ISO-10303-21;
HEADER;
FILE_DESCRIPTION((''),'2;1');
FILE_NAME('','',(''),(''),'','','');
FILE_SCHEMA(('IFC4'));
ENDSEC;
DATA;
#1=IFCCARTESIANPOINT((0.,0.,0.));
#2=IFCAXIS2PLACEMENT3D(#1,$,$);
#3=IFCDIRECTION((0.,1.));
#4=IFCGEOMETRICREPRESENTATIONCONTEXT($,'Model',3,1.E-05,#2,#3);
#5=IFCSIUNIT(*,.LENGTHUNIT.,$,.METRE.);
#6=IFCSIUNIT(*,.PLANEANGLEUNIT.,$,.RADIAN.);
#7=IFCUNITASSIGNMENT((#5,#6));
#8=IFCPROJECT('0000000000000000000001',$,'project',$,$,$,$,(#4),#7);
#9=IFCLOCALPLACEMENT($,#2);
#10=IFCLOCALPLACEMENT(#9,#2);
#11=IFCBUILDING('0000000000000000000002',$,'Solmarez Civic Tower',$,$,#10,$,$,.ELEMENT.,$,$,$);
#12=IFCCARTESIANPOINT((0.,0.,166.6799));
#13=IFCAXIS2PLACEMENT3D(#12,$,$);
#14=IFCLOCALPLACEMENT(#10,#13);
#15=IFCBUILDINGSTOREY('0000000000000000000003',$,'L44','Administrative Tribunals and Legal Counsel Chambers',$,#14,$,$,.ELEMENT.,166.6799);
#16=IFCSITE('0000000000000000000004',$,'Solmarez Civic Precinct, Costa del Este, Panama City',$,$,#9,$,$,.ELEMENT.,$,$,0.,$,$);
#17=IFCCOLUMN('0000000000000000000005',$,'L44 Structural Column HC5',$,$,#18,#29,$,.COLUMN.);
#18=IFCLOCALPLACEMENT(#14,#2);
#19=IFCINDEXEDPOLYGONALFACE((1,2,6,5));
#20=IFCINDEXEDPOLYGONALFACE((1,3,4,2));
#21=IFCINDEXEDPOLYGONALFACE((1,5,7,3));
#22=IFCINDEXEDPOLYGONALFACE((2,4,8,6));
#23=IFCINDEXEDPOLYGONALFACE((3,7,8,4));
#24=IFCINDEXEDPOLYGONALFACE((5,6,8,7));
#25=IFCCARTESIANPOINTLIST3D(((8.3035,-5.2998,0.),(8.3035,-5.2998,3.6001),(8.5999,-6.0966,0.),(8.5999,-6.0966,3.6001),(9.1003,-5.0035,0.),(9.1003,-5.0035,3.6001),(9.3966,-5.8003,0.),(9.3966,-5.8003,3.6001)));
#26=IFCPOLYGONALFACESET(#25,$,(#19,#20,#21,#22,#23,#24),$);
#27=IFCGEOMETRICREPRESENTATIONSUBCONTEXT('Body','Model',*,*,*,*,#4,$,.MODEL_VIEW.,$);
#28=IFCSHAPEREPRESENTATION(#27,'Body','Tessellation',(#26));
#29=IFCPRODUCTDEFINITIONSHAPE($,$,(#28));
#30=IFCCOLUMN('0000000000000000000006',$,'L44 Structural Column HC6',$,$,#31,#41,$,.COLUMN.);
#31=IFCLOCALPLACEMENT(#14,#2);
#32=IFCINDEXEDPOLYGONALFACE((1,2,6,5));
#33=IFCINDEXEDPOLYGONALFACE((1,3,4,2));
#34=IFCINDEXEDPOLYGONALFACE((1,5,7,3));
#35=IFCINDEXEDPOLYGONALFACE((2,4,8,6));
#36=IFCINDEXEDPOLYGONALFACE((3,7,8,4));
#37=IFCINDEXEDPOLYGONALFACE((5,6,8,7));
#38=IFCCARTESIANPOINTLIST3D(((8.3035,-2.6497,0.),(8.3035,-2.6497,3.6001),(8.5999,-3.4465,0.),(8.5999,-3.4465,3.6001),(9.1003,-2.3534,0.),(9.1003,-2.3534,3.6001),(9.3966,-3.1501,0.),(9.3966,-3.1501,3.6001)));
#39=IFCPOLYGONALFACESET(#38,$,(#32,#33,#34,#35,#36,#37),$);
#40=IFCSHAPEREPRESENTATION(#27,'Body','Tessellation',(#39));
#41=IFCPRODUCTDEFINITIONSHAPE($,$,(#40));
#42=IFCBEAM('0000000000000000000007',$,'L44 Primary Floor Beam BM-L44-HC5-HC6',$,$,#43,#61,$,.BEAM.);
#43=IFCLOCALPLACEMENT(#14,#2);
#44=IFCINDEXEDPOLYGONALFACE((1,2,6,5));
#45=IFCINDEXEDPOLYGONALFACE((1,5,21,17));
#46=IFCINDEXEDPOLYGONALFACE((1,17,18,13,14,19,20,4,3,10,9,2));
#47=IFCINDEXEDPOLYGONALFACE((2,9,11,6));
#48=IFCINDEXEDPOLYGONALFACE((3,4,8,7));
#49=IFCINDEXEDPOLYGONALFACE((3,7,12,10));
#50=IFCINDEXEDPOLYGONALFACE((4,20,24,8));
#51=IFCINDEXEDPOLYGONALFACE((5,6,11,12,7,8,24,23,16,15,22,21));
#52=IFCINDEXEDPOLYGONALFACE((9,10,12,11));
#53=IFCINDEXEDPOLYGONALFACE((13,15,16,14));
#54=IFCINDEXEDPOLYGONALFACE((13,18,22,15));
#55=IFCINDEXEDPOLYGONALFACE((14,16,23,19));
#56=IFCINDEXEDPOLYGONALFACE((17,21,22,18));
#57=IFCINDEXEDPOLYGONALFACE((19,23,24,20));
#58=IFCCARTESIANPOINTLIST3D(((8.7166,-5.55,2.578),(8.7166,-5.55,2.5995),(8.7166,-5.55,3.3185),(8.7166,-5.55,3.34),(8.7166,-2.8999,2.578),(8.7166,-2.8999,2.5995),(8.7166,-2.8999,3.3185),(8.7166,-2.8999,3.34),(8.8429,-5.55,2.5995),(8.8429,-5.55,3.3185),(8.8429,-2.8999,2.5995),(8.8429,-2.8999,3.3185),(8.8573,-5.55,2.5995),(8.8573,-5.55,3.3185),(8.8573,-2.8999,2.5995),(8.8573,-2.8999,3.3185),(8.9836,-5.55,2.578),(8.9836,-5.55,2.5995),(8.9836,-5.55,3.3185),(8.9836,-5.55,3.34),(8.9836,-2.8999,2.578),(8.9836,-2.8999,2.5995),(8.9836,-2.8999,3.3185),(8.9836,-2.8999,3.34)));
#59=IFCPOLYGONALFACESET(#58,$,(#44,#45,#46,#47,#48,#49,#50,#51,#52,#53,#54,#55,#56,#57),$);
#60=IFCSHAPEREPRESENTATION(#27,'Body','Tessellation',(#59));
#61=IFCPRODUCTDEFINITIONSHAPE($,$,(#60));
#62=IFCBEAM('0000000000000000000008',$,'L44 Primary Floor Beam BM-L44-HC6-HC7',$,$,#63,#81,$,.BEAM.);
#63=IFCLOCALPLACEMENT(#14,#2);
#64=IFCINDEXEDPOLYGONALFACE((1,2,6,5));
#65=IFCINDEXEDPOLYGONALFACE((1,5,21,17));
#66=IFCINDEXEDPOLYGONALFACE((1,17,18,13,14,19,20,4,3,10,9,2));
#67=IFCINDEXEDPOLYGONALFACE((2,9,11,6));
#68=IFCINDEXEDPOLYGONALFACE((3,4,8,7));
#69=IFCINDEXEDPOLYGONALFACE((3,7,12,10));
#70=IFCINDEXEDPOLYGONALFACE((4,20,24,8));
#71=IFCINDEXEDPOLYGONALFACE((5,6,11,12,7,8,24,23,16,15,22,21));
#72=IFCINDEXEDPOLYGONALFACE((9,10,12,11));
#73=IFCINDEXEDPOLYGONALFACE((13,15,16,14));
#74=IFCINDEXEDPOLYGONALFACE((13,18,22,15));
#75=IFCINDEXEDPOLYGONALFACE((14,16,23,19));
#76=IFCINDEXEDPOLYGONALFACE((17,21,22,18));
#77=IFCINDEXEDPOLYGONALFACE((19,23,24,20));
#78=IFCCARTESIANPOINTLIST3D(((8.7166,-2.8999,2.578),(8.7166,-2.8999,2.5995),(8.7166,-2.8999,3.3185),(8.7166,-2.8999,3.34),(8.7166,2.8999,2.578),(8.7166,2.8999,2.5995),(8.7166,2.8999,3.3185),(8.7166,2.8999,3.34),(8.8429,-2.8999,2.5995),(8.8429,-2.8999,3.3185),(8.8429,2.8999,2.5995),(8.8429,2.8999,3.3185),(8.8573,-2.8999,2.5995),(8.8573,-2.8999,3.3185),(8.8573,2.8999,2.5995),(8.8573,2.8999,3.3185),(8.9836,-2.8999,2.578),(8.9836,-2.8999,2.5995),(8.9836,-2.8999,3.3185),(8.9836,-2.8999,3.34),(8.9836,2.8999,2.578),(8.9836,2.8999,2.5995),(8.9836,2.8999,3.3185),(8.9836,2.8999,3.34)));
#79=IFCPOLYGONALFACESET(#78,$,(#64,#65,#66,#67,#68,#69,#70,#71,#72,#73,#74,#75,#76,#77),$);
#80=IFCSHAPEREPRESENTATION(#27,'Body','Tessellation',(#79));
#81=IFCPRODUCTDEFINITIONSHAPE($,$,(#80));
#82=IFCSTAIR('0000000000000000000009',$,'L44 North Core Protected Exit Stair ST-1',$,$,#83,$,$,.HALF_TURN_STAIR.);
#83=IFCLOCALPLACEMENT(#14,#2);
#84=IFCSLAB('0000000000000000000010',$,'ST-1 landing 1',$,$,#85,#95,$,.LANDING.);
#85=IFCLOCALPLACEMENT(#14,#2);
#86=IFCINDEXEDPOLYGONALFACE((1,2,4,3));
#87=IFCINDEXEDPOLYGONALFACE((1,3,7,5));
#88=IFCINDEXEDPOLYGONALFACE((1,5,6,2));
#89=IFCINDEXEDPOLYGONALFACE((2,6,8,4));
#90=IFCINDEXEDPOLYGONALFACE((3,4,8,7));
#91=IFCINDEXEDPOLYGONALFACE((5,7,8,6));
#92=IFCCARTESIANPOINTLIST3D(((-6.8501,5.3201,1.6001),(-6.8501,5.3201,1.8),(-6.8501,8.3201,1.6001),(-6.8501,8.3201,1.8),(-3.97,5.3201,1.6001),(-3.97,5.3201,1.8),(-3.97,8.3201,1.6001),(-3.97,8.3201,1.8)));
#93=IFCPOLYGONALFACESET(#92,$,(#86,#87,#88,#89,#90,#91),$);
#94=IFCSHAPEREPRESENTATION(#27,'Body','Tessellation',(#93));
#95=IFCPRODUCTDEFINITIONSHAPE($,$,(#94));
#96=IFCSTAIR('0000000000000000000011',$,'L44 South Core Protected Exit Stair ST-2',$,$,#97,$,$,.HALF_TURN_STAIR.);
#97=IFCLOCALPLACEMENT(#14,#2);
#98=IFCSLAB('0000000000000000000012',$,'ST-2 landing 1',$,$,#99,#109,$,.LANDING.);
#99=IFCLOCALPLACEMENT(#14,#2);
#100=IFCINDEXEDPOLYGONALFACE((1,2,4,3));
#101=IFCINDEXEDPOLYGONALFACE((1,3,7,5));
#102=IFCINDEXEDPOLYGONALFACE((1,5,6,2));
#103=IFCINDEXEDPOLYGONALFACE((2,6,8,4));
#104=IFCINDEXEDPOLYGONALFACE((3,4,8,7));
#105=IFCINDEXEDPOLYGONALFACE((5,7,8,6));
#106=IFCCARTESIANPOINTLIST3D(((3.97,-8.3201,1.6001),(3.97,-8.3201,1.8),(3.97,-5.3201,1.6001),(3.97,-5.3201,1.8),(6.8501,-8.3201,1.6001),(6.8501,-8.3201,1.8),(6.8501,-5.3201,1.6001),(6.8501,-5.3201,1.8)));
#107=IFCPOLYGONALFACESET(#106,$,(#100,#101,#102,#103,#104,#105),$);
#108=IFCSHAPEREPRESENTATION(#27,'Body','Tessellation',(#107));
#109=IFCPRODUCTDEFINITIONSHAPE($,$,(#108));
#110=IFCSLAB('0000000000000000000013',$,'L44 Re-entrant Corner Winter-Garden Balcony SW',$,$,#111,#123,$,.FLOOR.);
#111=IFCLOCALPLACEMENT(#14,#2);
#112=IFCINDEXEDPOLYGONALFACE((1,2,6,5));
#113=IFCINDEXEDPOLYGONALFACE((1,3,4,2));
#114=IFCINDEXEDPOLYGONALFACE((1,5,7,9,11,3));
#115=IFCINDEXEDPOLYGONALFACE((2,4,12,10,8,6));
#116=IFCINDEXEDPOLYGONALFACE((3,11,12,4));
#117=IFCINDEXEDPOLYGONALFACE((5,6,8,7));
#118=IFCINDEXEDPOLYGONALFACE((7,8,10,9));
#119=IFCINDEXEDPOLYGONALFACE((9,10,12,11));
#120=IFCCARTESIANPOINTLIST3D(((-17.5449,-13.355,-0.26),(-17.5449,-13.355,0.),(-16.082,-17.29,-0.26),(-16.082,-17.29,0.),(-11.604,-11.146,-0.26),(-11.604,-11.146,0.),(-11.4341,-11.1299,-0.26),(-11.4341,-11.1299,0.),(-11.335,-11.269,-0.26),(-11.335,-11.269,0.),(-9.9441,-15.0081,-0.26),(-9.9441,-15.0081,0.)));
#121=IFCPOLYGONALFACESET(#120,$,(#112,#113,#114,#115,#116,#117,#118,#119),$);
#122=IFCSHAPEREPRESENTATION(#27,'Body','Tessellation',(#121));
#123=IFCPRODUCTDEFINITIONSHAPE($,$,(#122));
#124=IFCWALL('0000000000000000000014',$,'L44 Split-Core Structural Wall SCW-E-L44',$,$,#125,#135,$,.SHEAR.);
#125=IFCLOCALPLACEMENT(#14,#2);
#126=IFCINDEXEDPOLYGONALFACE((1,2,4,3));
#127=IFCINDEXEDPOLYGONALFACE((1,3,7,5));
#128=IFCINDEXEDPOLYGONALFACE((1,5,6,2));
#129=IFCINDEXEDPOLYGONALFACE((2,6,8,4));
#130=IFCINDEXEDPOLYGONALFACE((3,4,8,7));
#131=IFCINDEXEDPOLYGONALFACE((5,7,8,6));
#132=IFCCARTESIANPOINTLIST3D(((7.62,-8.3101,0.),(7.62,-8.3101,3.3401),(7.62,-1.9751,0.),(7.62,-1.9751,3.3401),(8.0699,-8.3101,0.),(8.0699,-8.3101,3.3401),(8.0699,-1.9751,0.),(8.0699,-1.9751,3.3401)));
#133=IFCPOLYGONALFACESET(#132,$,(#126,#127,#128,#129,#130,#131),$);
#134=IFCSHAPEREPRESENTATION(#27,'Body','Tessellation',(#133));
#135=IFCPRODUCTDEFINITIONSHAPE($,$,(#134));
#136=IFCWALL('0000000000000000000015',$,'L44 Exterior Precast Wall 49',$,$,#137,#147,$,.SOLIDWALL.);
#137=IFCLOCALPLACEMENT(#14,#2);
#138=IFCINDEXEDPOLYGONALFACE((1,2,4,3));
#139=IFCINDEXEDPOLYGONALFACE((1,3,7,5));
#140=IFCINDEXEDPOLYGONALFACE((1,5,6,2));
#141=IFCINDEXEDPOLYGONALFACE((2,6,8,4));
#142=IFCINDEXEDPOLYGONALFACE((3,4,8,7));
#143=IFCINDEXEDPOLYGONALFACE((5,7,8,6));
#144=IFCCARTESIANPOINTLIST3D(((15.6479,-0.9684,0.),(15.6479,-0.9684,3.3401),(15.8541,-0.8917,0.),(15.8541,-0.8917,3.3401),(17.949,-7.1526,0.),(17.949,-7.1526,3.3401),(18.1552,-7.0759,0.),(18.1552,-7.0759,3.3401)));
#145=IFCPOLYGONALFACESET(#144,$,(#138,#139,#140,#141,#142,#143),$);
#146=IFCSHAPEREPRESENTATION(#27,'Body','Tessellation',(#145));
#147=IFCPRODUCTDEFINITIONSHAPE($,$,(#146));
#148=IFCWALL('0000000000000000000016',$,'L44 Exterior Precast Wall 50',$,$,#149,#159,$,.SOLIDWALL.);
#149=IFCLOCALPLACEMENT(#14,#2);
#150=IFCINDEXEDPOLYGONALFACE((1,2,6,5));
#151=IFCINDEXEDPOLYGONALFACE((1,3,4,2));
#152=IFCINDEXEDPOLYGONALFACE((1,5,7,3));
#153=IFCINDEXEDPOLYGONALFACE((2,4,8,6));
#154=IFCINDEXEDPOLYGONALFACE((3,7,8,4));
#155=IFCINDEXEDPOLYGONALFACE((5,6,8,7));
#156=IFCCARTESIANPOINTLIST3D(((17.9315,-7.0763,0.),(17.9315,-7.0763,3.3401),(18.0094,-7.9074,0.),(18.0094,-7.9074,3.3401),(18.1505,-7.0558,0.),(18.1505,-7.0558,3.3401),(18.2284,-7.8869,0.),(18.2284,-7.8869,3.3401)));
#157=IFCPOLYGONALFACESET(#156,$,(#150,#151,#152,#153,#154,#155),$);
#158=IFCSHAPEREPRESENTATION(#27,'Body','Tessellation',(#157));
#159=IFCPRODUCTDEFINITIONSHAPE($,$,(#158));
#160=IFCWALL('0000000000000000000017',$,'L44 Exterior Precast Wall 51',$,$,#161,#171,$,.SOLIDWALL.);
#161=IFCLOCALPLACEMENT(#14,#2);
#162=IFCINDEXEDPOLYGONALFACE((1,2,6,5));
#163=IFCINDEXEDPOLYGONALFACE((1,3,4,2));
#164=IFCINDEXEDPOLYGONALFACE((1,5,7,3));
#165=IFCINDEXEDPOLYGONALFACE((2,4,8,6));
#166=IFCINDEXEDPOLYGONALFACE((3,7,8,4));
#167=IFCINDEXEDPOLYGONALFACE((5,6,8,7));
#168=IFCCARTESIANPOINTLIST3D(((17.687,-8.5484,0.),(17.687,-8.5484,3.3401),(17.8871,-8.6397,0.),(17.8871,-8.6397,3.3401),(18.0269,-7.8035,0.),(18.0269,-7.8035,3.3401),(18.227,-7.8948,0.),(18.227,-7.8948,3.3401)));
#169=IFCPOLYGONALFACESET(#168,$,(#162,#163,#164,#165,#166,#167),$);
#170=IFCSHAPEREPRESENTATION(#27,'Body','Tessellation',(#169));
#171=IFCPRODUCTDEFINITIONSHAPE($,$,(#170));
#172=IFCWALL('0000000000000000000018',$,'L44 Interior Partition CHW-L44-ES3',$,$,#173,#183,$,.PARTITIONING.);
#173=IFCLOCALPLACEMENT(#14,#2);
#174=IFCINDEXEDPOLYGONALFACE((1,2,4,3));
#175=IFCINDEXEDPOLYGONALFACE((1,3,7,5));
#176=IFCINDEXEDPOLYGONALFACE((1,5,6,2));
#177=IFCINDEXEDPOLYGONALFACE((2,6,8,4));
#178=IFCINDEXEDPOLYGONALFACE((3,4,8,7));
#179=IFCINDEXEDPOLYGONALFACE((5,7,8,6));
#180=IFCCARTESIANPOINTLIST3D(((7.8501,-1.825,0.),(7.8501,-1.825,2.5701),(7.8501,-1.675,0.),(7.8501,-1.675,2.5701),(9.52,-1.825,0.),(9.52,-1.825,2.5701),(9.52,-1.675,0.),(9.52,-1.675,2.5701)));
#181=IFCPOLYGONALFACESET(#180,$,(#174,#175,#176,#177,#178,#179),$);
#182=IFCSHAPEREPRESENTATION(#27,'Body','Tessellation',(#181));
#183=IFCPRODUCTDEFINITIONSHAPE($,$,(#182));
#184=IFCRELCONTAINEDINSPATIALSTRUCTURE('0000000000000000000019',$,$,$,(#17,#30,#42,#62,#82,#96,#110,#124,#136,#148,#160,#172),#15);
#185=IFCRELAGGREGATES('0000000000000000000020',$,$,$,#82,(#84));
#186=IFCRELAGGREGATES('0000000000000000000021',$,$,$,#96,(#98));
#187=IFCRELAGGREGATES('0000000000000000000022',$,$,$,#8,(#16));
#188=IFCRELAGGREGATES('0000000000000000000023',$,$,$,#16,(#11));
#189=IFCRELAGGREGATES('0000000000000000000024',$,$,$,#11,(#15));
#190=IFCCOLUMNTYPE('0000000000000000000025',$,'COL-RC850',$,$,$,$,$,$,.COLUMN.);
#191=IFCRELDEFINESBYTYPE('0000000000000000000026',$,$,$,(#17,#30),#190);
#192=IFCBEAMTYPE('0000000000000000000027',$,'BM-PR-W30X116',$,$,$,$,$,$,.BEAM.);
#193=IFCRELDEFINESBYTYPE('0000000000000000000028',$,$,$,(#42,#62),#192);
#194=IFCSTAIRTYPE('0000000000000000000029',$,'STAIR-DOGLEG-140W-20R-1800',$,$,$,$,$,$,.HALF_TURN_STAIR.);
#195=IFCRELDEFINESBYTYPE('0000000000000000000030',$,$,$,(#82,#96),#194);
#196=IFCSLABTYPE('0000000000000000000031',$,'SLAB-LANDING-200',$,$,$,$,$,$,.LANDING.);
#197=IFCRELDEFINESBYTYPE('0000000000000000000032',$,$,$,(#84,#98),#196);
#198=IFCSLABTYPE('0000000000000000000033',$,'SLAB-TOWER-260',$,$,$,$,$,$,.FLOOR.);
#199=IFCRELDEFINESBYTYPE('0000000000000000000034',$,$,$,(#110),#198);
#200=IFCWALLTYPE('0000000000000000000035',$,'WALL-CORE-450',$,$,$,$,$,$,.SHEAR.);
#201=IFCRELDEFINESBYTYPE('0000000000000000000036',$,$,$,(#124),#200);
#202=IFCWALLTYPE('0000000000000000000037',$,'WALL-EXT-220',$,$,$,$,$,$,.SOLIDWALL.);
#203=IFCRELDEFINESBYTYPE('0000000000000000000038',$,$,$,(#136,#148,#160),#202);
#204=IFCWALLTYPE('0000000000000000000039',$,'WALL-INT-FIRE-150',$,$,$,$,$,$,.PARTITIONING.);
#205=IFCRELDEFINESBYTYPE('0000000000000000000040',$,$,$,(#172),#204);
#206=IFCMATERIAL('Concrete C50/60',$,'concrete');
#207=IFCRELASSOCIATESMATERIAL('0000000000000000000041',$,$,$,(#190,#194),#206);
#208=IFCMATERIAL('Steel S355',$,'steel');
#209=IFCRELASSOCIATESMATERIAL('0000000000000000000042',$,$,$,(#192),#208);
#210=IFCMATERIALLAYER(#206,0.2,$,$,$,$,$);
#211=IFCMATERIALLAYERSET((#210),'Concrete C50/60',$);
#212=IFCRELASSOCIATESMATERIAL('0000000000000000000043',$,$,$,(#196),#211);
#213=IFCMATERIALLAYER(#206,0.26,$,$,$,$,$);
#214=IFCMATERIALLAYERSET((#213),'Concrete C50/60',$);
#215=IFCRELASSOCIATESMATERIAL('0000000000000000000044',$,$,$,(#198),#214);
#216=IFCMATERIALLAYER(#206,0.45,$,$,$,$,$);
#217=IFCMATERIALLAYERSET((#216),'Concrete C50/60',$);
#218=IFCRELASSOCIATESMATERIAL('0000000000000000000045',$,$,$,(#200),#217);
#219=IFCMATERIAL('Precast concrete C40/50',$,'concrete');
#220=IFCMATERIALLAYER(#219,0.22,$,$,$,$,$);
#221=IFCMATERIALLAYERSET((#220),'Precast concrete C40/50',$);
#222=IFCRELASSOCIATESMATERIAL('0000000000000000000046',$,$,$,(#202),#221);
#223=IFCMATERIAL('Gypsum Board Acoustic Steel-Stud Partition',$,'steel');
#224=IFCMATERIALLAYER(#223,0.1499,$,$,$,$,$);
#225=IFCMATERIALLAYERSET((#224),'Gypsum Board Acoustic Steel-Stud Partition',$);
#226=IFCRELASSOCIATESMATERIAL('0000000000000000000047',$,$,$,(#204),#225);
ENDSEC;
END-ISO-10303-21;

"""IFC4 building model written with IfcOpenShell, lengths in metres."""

from ifc_helpers import new_model, si_unit, direction, frame, frame_2d, origin, origin_2d, place, context, subcontext, project, spatial, polyline, rectangle, i_section, outline, extrude, material, layer, layer_set, material_profile, profile_set, type_object, element, aggregate, save


model = new_model("IFC4")

# Units and contexts
model_context = context("Model", 3, precision=1e-05, world=origin(), true_north=direction((0.0, 1.0)))
body_context = subcontext(model_context, "Body", "Model", "MODEL_VIEW")
ifc_project = project(units=[si_unit("LENGTHUNIT", "METRE"), si_unit("PLANEANGLEUNIT", "RADIAN")], contexts=[model_context])

# Site, building, storey
site_placement = place(None, origin())
site = spatial("IfcSite", under=ifc_project, at=site_placement, Name="Solmarez Civic Precinct, Costa del Este, Panama City", CompositionType="ELEMENT", RefElevation=0.0)
building_placement = place(site_placement, origin())
building = spatial("IfcBuilding", under=site, at=building_placement, Name="Solmarez Civic Tower", CompositionType="ELEMENT")
storey_placement = place(building_placement, frame((0.0, 0.0, 166.6799)))
storey = spatial("IfcBuildingStorey", under=building, at=storey_placement, Name="L44", Description="Administrative Tribunals and Legal Counsel Chambers", CompositionType="ELEMENT", Elevation=166.6799)

# Columns
ifc_material_1 = material(Name="Concrete C50/60", Category="concrete")
ifc_material_profile_1 = material_profile(ifc_material_1, rectangle(XDim=0.8501, YDim=0.8501, at=origin_2d()), Name="RC850X850")
ifc_profile_set_1 = profile_set([ifc_material_profile_1], Name="Concrete C50/60")
column_type = type_object("IfcColumnType", Name="COL-RC850", PredefinedType="COLUMN", material=ifc_profile_set_1)
for number, where, z_axis, x_axis, name in (
    (1, (8.8501, -5.55, 0.0), (0.0, 0.0, 1.0), (0.937282, 0.348572, 0.0), "L44 Structural Column HC5"),
    (2, (8.8501, -2.8999, 0.0), (0.0, 0.0, 1.0), (0.937282, 0.348572, 0.0), "L44 Structural Column HC6"),
):
    element("IfcColumn", number, at=place(storey_placement, frame(where, z_axis=z_axis, x_axis=x_axis)), inside=storey, type_object=column_type, Name=name, PredefinedType="COLUMN", context=body_context, shape_type="SweptSolid", body=[
        extrude(rectangle(XDim=0.8501, YDim=0.8501, at=origin_2d()), origin(), (0.0, 0.0, 1.0), 3.6001),
    ])

# Beams
ifc_material_2 = material(Name="Steel S355", Category="steel")
ifc_material_profile_2 = material_profile(ifc_material_2, i_section(OverallWidth=0.2671, OverallDepth=0.762, WebThickness=0.0144, FlangeThickness=0.0215, at=origin_2d()), Name="W30X116")
ifc_profile_set_2 = profile_set([ifc_material_profile_2], Name="Steel S355")
beam_type = type_object("IfcBeamType", Name="BM-PR-W30X116", PredefinedType="BEAM", material=ifc_profile_set_2)
beam_1_placement = place(storey_placement, frame((8.8501, -5.55, 2.959), z_axis=(0.0, 1.0, 0.0), x_axis=(-1.0, 0.0, 0.0)))
element("IfcBeam", 3, at=beam_1_placement, inside=storey, type_object=beam_type, Name="L44 Primary Floor Beam BM-L44-HC5-HC6", PredefinedType="BEAM", context=body_context, shape_type="SweptSolid", body=[
    extrude(i_section(OverallWidth=0.2671, OverallDepth=0.762, WebThickness=0.0144, FlangeThickness=0.0215, at=origin_2d()), origin(), (0.0, 0.0, 1.0), 2.6501),
])
beam_2_placement = place(storey_placement, frame((8.8501, -2.8999, 2.959), z_axis=(0.0, 1.0, 0.0), x_axis=(-1.0, 0.0, 0.0)))
element("IfcBeam", 4, at=beam_2_placement, inside=storey, type_object=beam_type, Name="L44 Primary Floor Beam BM-L44-HC6-HC7", PredefinedType="BEAM", context=body_context, shape_type="SweptSolid", body=[
    extrude(i_section(OverallWidth=0.2671, OverallDepth=0.762, WebThickness=0.0144, FlangeThickness=0.0215, at=origin_2d()), origin(), (0.0, 0.0, 1.0), 5.7998),
])

# Stairs, slabs
stair_type = type_object("IfcStairType", Name="STAIR-DOGLEG-140W-20R-1800", PredefinedType="HALF_TURN_STAIR", material=ifc_material_1)
stair_1_placement = place(storey_placement, origin())
stair_1 = element("IfcStair", 5, at=stair_1_placement, inside=storey, type_object=stair_type, Name="L44 North Core Protected Exit Stair ST-1", PredefinedType="HALF_TURN_STAIR")
ifc_layer_1 = layer(ifc_material_1, 0.2)
ifc_layer_set_1 = layer_set([ifc_layer_1], Name="Concrete C50/60")
slab_type_1 = type_object("IfcSlabType", Name="SLAB-LANDING-200", PredefinedType="LANDING", material=ifc_layer_set_1)
slab_1_placement = place(storey_placement, frame((0.0, 0.0, 1.6001)))
slab_1 = element("IfcSlab", 6, at=slab_1_placement, type_object=slab_type_1, Name="ST-1 landing 1", PredefinedType="LANDING", context=body_context, shape_type="SweptSolid", body=[
    extrude(outline(polyline([(-3.97, 8.3201), (-6.8501, 8.3201), (-6.8501, 5.3201), (-3.97, 5.3201), (-3.97, 8.3201)])), origin(), (0.0, 0.0, 1.0), 0.2),
])
aggregate(stair_1, [slab_1])
stair_2_placement = place(storey_placement, origin())
stair_2 = element("IfcStair", 7, at=stair_2_placement, inside=storey, type_object=stair_type, Name="L44 South Core Protected Exit Stair ST-2", PredefinedType="HALF_TURN_STAIR")
slab_2_placement = place(storey_placement, frame((0.0, 0.0, 1.6001)))
slab_2 = element("IfcSlab", 8, at=slab_2_placement, type_object=slab_type_1, Name="ST-2 landing 1", PredefinedType="LANDING", context=body_context, shape_type="SweptSolid", body=[
    extrude(outline(polyline([(3.97, -8.3201), (6.8501, -8.3201), (6.8501, -5.3201), (3.97, -5.3201), (3.97, -8.3201)])), origin(), (0.0, 0.0, 1.0), 0.2),
])

# Slab
ifc_layer_2 = layer(ifc_material_1, 0.26)
ifc_layer_set_2 = layer_set([ifc_layer_2], Name="Concrete C50/60")
slab_type_2 = type_object("IfcSlabType", Name="SLAB-TOWER-260", PredefinedType="FLOOR", material=ifc_layer_set_2)
slab_3_placement = place(storey_placement, frame((0.0, 0.0, -0.26)))
element("IfcSlab", 9, at=slab_3_placement, inside=storey, type_object=slab_type_2, Name="L44 Re-entrant Corner Winter-Garden Balcony SW", PredefinedType="FLOOR", context=body_context, shape_type="SweptSolid", body=[
    extrude(outline(polyline([(-9.9441, -15.0081), (-11.335, -11.269), (-11.4341, -11.1299), (-11.604, -11.146), (-17.5449, -13.355), (-16.082, -17.29), (-9.9441, -15.0081)])), origin(), (0.0, 0.0, 1.0), 0.26),
])

# Walls
ifc_layer_3 = layer(ifc_material_1, 0.45)
ifc_layer_set_3 = layer_set([ifc_layer_3], Name="Concrete C50/60")
wall_type_1 = type_object("IfcWallType", Name="WALL-CORE-450", PredefinedType="SHEAR", material=ifc_layer_set_3)
wall_1_placement = place(storey_placement, frame((7.845, -1.9751, 0.0), z_axis=(0.0, 0.0, 1.0), x_axis=(0.0, -1.0, 0.0)))
element("IfcWall", 10, at=wall_1_placement, inside=storey, type_object=wall_type_1, Name="L44 Split-Core Structural Wall SCW-E-L44", PredefinedType="SHEAR", context=body_context, shape_type="SweptSolid", body=[
    extrude(rectangle(XDim=6.335, YDim=0.45, at=frame_2d((3.1675, 0.0))), origin(), (0.0, 0.0, 1.0), 3.3401),
])
ifc_material_3 = material(Name="Precast concrete C40/50", Category="concrete")
ifc_layer_4 = layer(ifc_material_3, 0.22)
ifc_layer_set_4 = layer_set([ifc_layer_4], Name="Precast concrete C40/50")
wall_type_2 = type_object("IfcWallType", Name="WALL-EXT-220", PredefinedType="SOLIDWALL", material=ifc_layer_set_4)
wall_2_placement = place(storey_placement, frame((15.751, -0.9299, 0.0), z_axis=(0.0, 0.0, 1.0), x_axis=(0.34873, -0.937223, 0.0)))
element("IfcWall", 11, at=wall_2_placement, inside=storey, type_object=wall_type_2, Name="L44 Exterior Precast Wall 49", PredefinedType="SOLIDWALL", context=body_context, shape_type="SweptSolid", body=[
    extrude(rectangle(XDim=6.5984, YDim=0.22, at=frame_2d((3.2993, 0.0))), origin(), (0.0, 0.0, 1.0), 3.3401),
])
wall_3_placement = place(storey_placement, frame((18.041, -7.0659, 0.0), z_axis=(0.0, 0.0, 1.0), x_axis=(0.093304, -0.995638, 0.0)))
element("IfcWall", 12, at=wall_3_placement, inside=storey, type_object=wall_type_2, Name="L44 Exterior Precast Wall 50", PredefinedType="SOLIDWALL", context=body_context, shape_type="SweptSolid", body=[
    extrude(rectangle(XDim=0.8347, YDim=0.22, at=frame_2d((0.4175, 0.0))), origin(), (0.0, 0.0, 1.0), 3.3401),
])
wall_4_placement = place(storey_placement, frame((18.127, -7.8491, 0.0), z_axis=(0.0, 0.0, 1.0), x_axis=(-0.415083, -0.909783, 0.0)))
element("IfcWall", 13, at=wall_4_placement, inside=storey, type_object=wall_type_2, Name="L44 Exterior Precast Wall 51", PredefinedType="SOLIDWALL", context=body_context, shape_type="SweptSolid", body=[
    extrude(rectangle(XDim=0.8188, YDim=0.22, at=frame_2d((0.4094, 0.0))), origin(), (0.0, 0.0, 1.0), 3.3401),
])
ifc_material_4 = material(Name="Gypsum Board Acoustic Steel-Stud Partition", Category="steel")
ifc_layer_5 = layer(ifc_material_4, 0.1499)
ifc_layer_set_5 = layer_set([ifc_layer_5], Name="Gypsum Board Acoustic Steel-Stud Partition")
wall_type_3 = type_object("IfcWallType", Name="WALL-INT-FIRE-150", PredefinedType="PARTITIONING", material=ifc_layer_set_5)
wall_5_placement = place(storey_placement, frame((7.8501, -1.75, 0.0), z_axis=(0.0, 0.0, 1.0), x_axis=(1.0, 0.0, 0.0)))
element("IfcWall", 14, at=wall_5_placement, inside=storey, type_object=wall_type_3, Name="L44 Interior Partition CHW-L44-ES3", PredefinedType="PARTITIONING", context=body_context, shape_type="SweptSolid", body=[
    extrude(rectangle(XDim=1.6699, YDim=0.1499, at=frame_2d((0.835, 0.0))), origin(), (0.0, 0.0, 1.0), 2.5701),
])

aggregate(stair_2, [slab_2])

save(model, "model.ifc")
